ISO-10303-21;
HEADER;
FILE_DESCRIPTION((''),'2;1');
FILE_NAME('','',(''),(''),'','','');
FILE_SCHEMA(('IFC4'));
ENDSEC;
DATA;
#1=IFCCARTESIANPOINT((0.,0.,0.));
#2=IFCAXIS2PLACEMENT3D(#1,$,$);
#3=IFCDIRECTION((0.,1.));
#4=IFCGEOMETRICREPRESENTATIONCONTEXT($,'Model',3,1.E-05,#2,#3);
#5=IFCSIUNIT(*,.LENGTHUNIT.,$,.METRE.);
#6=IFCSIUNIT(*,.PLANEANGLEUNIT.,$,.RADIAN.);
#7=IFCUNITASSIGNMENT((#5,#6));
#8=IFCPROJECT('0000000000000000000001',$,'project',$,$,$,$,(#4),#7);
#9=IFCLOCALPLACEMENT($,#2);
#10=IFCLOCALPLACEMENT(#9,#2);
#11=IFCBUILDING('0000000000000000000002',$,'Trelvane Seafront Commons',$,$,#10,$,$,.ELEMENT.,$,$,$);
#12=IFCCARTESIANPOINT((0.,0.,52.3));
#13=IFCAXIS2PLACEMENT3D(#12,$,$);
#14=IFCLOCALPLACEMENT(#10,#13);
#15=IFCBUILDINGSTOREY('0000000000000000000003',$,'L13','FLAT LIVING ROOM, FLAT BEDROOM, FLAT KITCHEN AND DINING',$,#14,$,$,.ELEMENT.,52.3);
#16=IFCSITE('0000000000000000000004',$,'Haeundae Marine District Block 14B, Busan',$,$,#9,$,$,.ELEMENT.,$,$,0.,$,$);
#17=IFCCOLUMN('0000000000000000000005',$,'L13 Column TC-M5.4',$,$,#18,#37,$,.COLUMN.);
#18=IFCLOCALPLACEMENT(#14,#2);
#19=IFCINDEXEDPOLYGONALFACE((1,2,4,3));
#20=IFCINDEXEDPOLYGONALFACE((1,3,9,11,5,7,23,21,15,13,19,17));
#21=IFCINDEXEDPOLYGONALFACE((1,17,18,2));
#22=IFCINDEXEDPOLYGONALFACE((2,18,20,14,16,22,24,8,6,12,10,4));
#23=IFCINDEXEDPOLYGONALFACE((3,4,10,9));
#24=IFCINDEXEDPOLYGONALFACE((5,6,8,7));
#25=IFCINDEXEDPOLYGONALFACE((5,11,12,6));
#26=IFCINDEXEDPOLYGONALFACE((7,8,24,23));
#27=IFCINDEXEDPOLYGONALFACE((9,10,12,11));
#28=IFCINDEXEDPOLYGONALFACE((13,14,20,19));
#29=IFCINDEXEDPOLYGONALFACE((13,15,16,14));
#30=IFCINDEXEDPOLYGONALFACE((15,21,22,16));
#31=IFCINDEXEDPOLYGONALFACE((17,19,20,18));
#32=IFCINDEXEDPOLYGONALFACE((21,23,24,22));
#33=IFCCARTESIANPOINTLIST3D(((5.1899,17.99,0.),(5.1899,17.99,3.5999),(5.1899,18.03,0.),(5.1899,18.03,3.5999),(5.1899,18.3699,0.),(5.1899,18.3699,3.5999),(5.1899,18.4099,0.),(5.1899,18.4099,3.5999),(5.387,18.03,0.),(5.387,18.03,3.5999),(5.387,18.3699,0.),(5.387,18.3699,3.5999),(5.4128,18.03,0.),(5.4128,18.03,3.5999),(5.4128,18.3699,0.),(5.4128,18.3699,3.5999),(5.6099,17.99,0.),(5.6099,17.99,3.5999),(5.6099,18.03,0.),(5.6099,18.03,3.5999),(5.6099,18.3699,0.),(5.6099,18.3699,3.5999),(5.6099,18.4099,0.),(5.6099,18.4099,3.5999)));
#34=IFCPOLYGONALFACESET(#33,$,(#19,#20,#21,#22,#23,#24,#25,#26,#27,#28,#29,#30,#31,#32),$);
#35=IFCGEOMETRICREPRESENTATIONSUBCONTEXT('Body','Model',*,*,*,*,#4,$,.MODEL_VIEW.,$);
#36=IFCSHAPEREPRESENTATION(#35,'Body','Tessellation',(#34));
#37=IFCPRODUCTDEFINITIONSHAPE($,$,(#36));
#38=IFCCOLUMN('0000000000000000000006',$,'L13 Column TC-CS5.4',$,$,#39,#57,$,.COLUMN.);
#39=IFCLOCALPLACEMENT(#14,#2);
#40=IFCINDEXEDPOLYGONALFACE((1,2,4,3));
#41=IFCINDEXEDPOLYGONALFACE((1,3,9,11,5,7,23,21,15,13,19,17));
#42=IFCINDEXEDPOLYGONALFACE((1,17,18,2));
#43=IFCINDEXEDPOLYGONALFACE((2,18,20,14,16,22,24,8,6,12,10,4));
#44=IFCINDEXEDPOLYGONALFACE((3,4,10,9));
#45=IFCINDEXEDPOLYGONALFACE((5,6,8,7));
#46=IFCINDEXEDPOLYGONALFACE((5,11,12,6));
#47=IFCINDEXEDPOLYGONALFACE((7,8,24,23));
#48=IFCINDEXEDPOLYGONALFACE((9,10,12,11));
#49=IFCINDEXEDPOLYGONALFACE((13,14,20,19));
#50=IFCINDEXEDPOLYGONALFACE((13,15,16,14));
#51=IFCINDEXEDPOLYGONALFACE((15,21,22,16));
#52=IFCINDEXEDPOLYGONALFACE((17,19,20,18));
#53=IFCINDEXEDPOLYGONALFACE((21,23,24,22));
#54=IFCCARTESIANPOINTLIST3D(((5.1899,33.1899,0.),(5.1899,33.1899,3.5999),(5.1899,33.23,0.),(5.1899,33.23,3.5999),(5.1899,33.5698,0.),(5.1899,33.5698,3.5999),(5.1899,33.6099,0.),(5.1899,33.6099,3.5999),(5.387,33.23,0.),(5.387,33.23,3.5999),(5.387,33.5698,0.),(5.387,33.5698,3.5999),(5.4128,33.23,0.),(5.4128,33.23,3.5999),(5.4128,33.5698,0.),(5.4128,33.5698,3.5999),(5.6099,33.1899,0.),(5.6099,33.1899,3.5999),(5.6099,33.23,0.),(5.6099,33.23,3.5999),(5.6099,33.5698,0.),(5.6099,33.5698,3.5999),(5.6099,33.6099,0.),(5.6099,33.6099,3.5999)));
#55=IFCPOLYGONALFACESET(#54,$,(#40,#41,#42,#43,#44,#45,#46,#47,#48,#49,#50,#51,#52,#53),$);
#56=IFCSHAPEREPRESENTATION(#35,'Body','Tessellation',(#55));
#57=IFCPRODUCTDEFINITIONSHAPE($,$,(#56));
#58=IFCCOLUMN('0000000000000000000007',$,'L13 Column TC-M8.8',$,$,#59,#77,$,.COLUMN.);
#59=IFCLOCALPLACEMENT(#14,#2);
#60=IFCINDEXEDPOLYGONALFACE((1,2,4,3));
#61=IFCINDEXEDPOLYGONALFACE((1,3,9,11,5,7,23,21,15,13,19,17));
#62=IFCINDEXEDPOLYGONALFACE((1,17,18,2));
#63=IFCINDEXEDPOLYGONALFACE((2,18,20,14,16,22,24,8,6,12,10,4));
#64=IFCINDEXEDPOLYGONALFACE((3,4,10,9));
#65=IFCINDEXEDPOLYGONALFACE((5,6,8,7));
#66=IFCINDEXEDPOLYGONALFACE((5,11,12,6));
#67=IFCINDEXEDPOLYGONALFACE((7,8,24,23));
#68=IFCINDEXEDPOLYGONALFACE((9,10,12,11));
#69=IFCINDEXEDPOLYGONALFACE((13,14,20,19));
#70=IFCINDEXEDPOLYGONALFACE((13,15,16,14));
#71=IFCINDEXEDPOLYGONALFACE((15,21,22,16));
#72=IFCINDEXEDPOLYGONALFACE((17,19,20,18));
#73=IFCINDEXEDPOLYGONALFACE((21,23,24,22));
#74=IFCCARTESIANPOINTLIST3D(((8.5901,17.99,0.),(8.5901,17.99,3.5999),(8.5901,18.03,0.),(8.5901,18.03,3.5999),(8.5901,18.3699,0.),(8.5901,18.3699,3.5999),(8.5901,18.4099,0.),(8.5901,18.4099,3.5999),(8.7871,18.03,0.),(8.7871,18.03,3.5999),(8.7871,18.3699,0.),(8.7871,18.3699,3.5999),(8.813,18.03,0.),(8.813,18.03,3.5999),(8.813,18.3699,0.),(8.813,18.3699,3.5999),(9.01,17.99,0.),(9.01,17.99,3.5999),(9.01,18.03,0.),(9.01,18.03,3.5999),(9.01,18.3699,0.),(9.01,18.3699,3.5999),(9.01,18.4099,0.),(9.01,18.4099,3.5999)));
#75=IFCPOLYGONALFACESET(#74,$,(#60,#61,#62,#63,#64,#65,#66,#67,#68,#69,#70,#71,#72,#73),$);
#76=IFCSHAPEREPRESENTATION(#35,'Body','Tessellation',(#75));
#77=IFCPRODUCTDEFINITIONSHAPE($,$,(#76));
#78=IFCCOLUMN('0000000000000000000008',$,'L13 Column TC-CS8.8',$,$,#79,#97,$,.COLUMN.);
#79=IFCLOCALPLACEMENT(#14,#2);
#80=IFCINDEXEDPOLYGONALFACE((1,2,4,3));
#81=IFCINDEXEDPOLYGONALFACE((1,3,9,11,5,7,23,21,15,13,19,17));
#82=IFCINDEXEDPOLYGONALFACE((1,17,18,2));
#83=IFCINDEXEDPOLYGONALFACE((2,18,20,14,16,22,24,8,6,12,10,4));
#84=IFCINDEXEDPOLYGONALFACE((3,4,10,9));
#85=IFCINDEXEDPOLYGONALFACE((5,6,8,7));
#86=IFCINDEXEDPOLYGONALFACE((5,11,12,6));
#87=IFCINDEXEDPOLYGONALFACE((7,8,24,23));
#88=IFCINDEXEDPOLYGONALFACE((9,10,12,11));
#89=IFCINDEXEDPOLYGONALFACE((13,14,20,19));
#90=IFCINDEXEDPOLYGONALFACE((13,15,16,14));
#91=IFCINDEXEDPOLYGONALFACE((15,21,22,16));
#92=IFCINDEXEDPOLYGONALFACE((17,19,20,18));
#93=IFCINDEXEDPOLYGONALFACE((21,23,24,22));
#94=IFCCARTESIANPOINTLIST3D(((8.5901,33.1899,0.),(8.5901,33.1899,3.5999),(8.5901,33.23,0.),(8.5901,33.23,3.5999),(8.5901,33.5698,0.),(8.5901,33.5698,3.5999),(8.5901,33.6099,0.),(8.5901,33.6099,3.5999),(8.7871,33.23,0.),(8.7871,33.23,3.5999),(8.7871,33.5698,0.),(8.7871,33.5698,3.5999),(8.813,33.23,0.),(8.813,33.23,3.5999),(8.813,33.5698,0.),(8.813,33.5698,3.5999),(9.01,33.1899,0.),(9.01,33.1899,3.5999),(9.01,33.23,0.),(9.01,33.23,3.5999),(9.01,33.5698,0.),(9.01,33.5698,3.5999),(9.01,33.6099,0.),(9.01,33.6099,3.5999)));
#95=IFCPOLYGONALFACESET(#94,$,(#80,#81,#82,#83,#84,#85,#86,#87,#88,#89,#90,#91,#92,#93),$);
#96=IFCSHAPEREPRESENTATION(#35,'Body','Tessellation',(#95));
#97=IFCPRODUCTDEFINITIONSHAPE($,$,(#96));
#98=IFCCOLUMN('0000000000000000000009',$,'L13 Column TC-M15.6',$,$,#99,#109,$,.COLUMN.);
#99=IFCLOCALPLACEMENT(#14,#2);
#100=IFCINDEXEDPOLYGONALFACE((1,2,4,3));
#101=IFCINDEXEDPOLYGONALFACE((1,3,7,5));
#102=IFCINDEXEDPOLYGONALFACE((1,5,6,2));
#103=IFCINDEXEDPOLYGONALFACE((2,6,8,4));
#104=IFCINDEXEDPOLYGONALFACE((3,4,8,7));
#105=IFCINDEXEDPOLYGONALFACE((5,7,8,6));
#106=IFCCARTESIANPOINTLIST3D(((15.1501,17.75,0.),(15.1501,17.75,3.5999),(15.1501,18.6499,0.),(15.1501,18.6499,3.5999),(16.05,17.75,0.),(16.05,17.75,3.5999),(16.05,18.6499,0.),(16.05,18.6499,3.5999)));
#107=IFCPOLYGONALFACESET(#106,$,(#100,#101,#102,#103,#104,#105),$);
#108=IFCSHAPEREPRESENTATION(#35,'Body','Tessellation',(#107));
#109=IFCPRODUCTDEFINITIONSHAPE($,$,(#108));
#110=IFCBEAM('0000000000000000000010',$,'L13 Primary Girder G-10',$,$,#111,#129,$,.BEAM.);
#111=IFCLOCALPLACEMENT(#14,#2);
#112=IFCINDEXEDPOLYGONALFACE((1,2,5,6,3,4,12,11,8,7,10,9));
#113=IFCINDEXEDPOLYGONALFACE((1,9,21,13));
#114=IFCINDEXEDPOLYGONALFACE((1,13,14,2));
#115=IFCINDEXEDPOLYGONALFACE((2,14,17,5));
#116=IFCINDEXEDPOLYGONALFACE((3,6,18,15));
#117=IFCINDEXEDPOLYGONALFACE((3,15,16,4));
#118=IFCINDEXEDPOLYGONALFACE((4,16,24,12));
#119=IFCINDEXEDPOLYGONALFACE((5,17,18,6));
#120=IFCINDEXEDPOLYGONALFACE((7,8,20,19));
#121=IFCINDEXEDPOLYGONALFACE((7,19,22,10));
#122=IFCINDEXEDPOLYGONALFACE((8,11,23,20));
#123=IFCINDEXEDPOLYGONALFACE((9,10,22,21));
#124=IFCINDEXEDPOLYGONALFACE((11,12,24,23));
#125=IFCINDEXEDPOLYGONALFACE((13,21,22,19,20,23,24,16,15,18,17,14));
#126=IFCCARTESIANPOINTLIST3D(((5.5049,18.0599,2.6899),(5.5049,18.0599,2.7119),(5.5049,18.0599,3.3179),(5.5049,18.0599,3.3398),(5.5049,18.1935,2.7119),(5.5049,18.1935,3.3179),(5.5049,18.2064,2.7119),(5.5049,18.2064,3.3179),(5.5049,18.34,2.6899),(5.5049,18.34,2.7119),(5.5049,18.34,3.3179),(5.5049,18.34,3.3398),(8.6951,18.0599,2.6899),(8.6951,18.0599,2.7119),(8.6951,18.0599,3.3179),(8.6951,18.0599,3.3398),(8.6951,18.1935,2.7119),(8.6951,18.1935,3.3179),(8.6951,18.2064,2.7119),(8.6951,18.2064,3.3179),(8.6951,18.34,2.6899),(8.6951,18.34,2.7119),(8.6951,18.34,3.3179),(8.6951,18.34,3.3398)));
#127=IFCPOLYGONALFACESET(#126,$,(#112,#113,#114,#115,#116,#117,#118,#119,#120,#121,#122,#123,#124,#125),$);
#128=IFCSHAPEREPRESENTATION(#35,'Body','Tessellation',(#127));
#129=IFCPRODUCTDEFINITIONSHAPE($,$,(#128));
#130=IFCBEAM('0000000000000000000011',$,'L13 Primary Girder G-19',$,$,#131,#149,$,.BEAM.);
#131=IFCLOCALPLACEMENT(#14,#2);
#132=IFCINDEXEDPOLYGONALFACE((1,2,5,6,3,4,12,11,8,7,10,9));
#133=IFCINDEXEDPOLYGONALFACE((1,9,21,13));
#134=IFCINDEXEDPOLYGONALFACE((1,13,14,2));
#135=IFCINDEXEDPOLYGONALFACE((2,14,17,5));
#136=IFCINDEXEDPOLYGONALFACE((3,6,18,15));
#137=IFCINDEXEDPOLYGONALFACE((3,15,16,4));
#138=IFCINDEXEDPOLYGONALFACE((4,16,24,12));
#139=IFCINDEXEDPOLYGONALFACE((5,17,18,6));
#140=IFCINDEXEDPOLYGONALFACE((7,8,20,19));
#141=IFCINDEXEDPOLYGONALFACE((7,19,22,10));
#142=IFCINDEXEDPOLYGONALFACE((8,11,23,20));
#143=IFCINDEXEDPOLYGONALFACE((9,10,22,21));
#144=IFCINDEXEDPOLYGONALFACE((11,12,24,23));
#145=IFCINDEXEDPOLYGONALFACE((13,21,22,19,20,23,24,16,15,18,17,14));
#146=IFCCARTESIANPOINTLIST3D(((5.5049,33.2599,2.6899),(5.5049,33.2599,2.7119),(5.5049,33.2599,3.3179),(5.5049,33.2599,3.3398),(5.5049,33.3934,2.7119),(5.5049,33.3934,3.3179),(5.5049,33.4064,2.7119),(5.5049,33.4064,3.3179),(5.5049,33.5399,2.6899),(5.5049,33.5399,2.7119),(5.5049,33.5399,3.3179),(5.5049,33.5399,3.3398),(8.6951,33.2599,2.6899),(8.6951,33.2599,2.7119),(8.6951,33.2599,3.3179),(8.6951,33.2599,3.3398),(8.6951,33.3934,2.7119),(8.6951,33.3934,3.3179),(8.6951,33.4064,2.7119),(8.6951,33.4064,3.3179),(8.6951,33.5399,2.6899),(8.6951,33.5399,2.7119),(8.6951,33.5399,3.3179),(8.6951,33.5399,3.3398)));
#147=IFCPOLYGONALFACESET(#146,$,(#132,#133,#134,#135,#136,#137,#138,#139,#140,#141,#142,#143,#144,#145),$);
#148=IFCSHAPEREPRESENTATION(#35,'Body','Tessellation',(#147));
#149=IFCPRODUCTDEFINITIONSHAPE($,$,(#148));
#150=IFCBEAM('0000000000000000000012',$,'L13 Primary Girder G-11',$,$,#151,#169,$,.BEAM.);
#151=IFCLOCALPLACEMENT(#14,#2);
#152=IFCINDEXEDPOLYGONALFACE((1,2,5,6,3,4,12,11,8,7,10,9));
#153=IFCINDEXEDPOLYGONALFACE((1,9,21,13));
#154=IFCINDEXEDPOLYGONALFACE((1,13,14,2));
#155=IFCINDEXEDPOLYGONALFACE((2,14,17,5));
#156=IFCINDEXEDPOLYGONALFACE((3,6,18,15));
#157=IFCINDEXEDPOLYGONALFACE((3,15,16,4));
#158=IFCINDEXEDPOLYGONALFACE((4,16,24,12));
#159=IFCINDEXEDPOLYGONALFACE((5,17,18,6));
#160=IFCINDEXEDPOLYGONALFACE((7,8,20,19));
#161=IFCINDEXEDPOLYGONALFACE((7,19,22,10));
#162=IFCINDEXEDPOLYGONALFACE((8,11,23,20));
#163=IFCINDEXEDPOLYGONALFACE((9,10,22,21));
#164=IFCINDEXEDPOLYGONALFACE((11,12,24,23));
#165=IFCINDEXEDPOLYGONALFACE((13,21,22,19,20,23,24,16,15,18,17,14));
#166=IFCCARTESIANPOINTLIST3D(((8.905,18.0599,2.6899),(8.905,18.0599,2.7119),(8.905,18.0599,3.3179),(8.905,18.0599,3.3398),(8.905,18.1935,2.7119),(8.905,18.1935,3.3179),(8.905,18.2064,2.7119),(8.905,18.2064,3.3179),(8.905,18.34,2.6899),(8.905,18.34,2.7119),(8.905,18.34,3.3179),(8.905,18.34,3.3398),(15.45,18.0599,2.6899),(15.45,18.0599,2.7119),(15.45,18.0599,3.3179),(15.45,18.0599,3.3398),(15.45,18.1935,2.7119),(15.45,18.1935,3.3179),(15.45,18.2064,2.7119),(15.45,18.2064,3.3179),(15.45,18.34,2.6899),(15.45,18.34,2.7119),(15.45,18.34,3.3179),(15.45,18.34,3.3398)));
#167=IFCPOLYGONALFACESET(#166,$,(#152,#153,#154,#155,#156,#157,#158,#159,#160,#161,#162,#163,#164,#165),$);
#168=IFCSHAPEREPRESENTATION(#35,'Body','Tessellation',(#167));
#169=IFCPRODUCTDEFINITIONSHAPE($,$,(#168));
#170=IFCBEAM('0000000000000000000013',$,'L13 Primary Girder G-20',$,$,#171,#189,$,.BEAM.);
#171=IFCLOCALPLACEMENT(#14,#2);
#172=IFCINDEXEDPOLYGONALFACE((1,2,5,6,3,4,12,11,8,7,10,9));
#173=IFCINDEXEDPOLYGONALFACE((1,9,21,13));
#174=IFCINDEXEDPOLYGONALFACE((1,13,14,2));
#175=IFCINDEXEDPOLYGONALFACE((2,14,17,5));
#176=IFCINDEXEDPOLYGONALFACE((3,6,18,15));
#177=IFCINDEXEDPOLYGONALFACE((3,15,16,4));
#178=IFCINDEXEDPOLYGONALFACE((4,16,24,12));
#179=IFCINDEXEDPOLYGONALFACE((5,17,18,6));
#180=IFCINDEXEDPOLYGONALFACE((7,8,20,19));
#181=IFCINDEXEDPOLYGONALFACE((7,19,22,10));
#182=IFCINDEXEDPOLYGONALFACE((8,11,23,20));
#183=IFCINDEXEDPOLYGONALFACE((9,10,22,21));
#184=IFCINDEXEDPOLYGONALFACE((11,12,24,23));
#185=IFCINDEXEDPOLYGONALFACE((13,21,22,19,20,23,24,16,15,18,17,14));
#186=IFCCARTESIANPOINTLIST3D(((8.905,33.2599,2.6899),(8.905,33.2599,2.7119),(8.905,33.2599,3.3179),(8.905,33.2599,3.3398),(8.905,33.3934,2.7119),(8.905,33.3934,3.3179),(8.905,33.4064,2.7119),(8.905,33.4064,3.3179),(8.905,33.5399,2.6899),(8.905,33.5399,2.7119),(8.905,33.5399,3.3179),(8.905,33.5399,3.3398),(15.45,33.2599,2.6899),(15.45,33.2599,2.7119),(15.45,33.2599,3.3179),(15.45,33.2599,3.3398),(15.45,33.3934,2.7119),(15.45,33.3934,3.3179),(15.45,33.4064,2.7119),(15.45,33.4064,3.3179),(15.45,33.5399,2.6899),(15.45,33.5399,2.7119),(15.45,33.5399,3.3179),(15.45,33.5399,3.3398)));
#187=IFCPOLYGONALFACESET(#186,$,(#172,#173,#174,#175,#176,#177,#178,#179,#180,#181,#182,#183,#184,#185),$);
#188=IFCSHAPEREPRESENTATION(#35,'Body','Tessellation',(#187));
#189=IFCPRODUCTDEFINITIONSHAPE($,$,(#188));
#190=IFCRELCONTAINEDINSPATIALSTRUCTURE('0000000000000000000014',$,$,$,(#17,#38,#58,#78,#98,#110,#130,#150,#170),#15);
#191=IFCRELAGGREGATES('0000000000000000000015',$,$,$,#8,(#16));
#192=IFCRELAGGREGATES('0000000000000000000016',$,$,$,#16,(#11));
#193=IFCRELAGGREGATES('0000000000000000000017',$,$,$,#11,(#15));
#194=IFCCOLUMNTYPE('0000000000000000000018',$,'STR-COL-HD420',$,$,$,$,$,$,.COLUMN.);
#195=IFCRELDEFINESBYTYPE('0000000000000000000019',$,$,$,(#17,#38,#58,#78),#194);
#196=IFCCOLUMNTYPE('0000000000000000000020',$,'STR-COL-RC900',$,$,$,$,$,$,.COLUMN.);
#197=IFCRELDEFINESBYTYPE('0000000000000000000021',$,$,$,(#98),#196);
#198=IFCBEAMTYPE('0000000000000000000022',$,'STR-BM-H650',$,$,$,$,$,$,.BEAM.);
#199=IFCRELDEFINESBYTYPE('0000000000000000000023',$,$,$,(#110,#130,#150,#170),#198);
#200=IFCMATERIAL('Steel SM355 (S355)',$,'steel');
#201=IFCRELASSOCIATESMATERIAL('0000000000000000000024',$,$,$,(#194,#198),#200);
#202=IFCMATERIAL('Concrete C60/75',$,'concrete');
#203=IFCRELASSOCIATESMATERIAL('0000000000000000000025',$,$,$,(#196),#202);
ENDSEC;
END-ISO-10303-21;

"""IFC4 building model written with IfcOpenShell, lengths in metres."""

from ifc_helpers import new_model, si_unit, direction, frame, origin, origin_2d, place, context, subcontext, project, spatial, rectangle, i_section, extrude, source, transform, mapped, material, material_profile, profile_set, type_object, element, save


model = new_model("IFC4")

# Units and contexts
model_context = context("Model", 3, precision=1e-05, world=origin(), true_north=direction((0.0, 1.0)))
body_context = subcontext(model_context, "Body", "Model", "MODEL_VIEW")
ifc_project = project(units=[si_unit("LENGTHUNIT", "METRE"), si_unit("PLANEANGLEUNIT", "RADIAN")], contexts=[model_context])

# Site, building, storey
site_placement = place(None, origin())
site = spatial("IfcSite", under=ifc_project, at=site_placement, Name="Haeundae Marine District Block 14B, Busan", CompositionType="ELEMENT", RefElevation=0.0)
building_placement = place(site_placement, origin())
building = spatial("IfcBuilding", under=site, at=building_placement, Name="Trelvane Seafront Commons", CompositionType="ELEMENT")
storey_placement = place(building_placement, frame((0.0, 0.0, 52.3)))
storey = spatial("IfcBuildingStorey", under=building, at=storey_placement, Name="L13", Description="FLAT LIVING ROOM, FLAT BEDROOM, FLAT KITCHEN AND DINING", CompositionType="ELEMENT", Elevation=52.3)

# Columns
ifc_material_1 = material(Name="Steel SM355 (S355)", Category="steel")
ifc_material_profile_1 = material_profile(ifc_material_1, i_section(OverallWidth=0.4199, OverallDepth=0.4199, WebThickness=0.0259, FlangeThickness=0.04, at=origin_2d()), Name="HD-420x420x26x40")
ifc_profile_set_1 = profile_set([ifc_material_profile_1], Name="Steel SM355 (S355)")
column_type_1 = type_object("IfcColumnType", Name="STR-COL-HD420", PredefinedType="COLUMN", material=ifc_profile_set_1)
shared_shape_1 = source(origin(), body_context, "Body", "SweptSolid", [
    extrude(i_section(OverallWidth=0.4199, OverallDepth=0.4199, WebThickness=0.0259, FlangeThickness=0.04, at=origin_2d()), origin(), (0.0, 0.0, 1.0), 3.5999),
])
for number, where, z_axis, x_axis, name in (
    (1, (5.3999, 18.2, 0.0), (0.0, 0.0, 1.0), (1.0, 0.0, 0.0), "L13 Column TC-M5.4"),
    (2, (5.3999, 33.3999, 0.0), (0.0, 0.0, 1.0), (1.0, 0.0, 0.0), "L13 Column TC-CS5.4"),
    (3, (8.8, 18.2, 0.0), (0.0, 0.0, 1.0), (1.0, 0.0, 0.0), "L13 Column TC-M8.8"),
    (4, (8.8, 33.3999, 0.0), (0.0, 0.0, 1.0), (1.0, 0.0, 0.0), "L13 Column TC-CS8.8"),
):
    element("IfcColumn", number, at=place(storey_placement, frame(where, z_axis=z_axis, x_axis=x_axis)), inside=storey, type_object=column_type_1, Name=name, PredefinedType="COLUMN", context=body_context, shape_type="MappedRepresentation", body=[
        mapped(shared_shape_1, transform((0.0, 0.0, 0.0), x_axis=(1.0, 0.0, 0.0), y_axis=(0.0, 1.0, 0.0), z_axis=(0.0, 0.0, 1.0), scale=1.0)),
    ])
ifc_material_2 = material(Name="Concrete C60/75", Category="concrete")
ifc_material_profile_2 = material_profile(ifc_material_2, rectangle(XDim=0.8999, YDim=0.8999, at=origin_2d()), Name="RC-900x900")
ifc_profile_set_2 = profile_set([ifc_material_profile_2], Name="Concrete C60/75")
column_type_2 = type_object("IfcColumnType", Name="STR-COL-RC900", PredefinedType="COLUMN", material=ifc_profile_set_2)
shared_shape_2 = source(origin(), body_context, "Body", "SweptSolid", [
    extrude(rectangle(XDim=0.8999, YDim=0.8999, at=origin_2d()), origin(), (0.0, 0.0, 1.0), 3.5999),
])
column_placement = place(storey_placement, frame((15.6001, 18.2, 0.0), z_axis=(0.0, 0.0, 1.0), x_axis=(1.0, 0.0, 0.0)))
element("IfcColumn", 5, at=column_placement, inside=storey, type_object=column_type_2, Name="L13 Column TC-M15.6", PredefinedType="COLUMN", context=body_context, shape_type="MappedRepresentation", body=[
    mapped(shared_shape_2, transform((0.0, 0.0, 0.0), x_axis=(1.0, 0.0, 0.0), y_axis=(0.0, 1.0, 0.0), z_axis=(0.0, 0.0, 1.0), scale=1.0)),
])

# Beams
ifc_material_profile_3 = material_profile(ifc_material_1, i_section(OverallWidth=0.28, OverallDepth=0.6499, WebThickness=0.0129, FlangeThickness=0.022, at=origin_2d()), Name="H-650x280x13x22")
ifc_profile_set_3 = profile_set([ifc_material_profile_3], Name="Steel SM355 (S355)")
beam_type_1 = type_object("IfcBeamType", Name="STR-BM-H650", PredefinedType="BEAM", material=ifc_profile_set_3)
shared_shape_3 = source(origin(), body_context, "Body", "SweptSolid", [
    extrude(i_section(OverallWidth=0.28, OverallDepth=0.6499, WebThickness=0.0129, FlangeThickness=0.022, at=origin_2d()), origin(), (0.0, 0.0, 1.0), 3.1902),
])
for number, where, z_axis, x_axis, name in (
    (6, (5.5049, 18.2, 3.0149), (1.0, 0.0, 0.0), (0.0, 1.0, 0.0), "L13 Primary Girder G-10"),
    (7, (5.5049, 33.3999, 3.0149), (1.0, 0.0, 0.0), (0.0, 1.0, 0.0), "L13 Primary Girder G-19"),
):
    element("IfcBeam", number, at=place(storey_placement, frame(where, z_axis=z_axis, x_axis=x_axis)), inside=storey, type_object=beam_type_1, Name=name, PredefinedType="BEAM", context=body_context, shape_type="MappedRepresentation", body=[
        mapped(shared_shape_3, transform((0.0, 0.0, 0.0), x_axis=(1.0, 0.0, 0.0), y_axis=(0.0, 1.0, 0.0), z_axis=(0.0, 0.0, 1.0), scale=1.0)),
    ])
shared_shape_4 = source(origin(), body_context, "Body", "SweptSolid", [
    extrude(i_section(OverallWidth=0.28, OverallDepth=0.6499, WebThickness=0.0129, FlangeThickness=0.022, at=origin_2d()), origin(), (0.0, 0.0, 1.0), 6.5449),
])
for number, where, z_axis, x_axis, name in (
    (8, (8.905, 18.2, 3.0149), (1.0, 0.0, 0.0), (0.0, 1.0, 0.0), "L13 Primary Girder G-11"),
    (9, (8.905, 33.3999, 3.0149), (1.0, 0.0, 0.0), (0.0, 1.0, 0.0), "L13 Primary Girder G-20"),
):
    element("IfcBeam", number, at=place(storey_placement, frame(where, z_axis=z_axis, x_axis=x_axis)), inside=storey, type_object=beam_type_1, Name=name, PredefinedType="BEAM", context=body_context, shape_type="MappedRepresentation", body=[
        mapped(shared_shape_4, transform((0.0, 0.0, 0.0), x_axis=(1.0, 0.0, 0.0), y_axis=(0.0, 1.0, 0.0), z_axis=(0.0, 0.0, 1.0), scale=1.0)),
    ])

save(model, "model.ifc")
